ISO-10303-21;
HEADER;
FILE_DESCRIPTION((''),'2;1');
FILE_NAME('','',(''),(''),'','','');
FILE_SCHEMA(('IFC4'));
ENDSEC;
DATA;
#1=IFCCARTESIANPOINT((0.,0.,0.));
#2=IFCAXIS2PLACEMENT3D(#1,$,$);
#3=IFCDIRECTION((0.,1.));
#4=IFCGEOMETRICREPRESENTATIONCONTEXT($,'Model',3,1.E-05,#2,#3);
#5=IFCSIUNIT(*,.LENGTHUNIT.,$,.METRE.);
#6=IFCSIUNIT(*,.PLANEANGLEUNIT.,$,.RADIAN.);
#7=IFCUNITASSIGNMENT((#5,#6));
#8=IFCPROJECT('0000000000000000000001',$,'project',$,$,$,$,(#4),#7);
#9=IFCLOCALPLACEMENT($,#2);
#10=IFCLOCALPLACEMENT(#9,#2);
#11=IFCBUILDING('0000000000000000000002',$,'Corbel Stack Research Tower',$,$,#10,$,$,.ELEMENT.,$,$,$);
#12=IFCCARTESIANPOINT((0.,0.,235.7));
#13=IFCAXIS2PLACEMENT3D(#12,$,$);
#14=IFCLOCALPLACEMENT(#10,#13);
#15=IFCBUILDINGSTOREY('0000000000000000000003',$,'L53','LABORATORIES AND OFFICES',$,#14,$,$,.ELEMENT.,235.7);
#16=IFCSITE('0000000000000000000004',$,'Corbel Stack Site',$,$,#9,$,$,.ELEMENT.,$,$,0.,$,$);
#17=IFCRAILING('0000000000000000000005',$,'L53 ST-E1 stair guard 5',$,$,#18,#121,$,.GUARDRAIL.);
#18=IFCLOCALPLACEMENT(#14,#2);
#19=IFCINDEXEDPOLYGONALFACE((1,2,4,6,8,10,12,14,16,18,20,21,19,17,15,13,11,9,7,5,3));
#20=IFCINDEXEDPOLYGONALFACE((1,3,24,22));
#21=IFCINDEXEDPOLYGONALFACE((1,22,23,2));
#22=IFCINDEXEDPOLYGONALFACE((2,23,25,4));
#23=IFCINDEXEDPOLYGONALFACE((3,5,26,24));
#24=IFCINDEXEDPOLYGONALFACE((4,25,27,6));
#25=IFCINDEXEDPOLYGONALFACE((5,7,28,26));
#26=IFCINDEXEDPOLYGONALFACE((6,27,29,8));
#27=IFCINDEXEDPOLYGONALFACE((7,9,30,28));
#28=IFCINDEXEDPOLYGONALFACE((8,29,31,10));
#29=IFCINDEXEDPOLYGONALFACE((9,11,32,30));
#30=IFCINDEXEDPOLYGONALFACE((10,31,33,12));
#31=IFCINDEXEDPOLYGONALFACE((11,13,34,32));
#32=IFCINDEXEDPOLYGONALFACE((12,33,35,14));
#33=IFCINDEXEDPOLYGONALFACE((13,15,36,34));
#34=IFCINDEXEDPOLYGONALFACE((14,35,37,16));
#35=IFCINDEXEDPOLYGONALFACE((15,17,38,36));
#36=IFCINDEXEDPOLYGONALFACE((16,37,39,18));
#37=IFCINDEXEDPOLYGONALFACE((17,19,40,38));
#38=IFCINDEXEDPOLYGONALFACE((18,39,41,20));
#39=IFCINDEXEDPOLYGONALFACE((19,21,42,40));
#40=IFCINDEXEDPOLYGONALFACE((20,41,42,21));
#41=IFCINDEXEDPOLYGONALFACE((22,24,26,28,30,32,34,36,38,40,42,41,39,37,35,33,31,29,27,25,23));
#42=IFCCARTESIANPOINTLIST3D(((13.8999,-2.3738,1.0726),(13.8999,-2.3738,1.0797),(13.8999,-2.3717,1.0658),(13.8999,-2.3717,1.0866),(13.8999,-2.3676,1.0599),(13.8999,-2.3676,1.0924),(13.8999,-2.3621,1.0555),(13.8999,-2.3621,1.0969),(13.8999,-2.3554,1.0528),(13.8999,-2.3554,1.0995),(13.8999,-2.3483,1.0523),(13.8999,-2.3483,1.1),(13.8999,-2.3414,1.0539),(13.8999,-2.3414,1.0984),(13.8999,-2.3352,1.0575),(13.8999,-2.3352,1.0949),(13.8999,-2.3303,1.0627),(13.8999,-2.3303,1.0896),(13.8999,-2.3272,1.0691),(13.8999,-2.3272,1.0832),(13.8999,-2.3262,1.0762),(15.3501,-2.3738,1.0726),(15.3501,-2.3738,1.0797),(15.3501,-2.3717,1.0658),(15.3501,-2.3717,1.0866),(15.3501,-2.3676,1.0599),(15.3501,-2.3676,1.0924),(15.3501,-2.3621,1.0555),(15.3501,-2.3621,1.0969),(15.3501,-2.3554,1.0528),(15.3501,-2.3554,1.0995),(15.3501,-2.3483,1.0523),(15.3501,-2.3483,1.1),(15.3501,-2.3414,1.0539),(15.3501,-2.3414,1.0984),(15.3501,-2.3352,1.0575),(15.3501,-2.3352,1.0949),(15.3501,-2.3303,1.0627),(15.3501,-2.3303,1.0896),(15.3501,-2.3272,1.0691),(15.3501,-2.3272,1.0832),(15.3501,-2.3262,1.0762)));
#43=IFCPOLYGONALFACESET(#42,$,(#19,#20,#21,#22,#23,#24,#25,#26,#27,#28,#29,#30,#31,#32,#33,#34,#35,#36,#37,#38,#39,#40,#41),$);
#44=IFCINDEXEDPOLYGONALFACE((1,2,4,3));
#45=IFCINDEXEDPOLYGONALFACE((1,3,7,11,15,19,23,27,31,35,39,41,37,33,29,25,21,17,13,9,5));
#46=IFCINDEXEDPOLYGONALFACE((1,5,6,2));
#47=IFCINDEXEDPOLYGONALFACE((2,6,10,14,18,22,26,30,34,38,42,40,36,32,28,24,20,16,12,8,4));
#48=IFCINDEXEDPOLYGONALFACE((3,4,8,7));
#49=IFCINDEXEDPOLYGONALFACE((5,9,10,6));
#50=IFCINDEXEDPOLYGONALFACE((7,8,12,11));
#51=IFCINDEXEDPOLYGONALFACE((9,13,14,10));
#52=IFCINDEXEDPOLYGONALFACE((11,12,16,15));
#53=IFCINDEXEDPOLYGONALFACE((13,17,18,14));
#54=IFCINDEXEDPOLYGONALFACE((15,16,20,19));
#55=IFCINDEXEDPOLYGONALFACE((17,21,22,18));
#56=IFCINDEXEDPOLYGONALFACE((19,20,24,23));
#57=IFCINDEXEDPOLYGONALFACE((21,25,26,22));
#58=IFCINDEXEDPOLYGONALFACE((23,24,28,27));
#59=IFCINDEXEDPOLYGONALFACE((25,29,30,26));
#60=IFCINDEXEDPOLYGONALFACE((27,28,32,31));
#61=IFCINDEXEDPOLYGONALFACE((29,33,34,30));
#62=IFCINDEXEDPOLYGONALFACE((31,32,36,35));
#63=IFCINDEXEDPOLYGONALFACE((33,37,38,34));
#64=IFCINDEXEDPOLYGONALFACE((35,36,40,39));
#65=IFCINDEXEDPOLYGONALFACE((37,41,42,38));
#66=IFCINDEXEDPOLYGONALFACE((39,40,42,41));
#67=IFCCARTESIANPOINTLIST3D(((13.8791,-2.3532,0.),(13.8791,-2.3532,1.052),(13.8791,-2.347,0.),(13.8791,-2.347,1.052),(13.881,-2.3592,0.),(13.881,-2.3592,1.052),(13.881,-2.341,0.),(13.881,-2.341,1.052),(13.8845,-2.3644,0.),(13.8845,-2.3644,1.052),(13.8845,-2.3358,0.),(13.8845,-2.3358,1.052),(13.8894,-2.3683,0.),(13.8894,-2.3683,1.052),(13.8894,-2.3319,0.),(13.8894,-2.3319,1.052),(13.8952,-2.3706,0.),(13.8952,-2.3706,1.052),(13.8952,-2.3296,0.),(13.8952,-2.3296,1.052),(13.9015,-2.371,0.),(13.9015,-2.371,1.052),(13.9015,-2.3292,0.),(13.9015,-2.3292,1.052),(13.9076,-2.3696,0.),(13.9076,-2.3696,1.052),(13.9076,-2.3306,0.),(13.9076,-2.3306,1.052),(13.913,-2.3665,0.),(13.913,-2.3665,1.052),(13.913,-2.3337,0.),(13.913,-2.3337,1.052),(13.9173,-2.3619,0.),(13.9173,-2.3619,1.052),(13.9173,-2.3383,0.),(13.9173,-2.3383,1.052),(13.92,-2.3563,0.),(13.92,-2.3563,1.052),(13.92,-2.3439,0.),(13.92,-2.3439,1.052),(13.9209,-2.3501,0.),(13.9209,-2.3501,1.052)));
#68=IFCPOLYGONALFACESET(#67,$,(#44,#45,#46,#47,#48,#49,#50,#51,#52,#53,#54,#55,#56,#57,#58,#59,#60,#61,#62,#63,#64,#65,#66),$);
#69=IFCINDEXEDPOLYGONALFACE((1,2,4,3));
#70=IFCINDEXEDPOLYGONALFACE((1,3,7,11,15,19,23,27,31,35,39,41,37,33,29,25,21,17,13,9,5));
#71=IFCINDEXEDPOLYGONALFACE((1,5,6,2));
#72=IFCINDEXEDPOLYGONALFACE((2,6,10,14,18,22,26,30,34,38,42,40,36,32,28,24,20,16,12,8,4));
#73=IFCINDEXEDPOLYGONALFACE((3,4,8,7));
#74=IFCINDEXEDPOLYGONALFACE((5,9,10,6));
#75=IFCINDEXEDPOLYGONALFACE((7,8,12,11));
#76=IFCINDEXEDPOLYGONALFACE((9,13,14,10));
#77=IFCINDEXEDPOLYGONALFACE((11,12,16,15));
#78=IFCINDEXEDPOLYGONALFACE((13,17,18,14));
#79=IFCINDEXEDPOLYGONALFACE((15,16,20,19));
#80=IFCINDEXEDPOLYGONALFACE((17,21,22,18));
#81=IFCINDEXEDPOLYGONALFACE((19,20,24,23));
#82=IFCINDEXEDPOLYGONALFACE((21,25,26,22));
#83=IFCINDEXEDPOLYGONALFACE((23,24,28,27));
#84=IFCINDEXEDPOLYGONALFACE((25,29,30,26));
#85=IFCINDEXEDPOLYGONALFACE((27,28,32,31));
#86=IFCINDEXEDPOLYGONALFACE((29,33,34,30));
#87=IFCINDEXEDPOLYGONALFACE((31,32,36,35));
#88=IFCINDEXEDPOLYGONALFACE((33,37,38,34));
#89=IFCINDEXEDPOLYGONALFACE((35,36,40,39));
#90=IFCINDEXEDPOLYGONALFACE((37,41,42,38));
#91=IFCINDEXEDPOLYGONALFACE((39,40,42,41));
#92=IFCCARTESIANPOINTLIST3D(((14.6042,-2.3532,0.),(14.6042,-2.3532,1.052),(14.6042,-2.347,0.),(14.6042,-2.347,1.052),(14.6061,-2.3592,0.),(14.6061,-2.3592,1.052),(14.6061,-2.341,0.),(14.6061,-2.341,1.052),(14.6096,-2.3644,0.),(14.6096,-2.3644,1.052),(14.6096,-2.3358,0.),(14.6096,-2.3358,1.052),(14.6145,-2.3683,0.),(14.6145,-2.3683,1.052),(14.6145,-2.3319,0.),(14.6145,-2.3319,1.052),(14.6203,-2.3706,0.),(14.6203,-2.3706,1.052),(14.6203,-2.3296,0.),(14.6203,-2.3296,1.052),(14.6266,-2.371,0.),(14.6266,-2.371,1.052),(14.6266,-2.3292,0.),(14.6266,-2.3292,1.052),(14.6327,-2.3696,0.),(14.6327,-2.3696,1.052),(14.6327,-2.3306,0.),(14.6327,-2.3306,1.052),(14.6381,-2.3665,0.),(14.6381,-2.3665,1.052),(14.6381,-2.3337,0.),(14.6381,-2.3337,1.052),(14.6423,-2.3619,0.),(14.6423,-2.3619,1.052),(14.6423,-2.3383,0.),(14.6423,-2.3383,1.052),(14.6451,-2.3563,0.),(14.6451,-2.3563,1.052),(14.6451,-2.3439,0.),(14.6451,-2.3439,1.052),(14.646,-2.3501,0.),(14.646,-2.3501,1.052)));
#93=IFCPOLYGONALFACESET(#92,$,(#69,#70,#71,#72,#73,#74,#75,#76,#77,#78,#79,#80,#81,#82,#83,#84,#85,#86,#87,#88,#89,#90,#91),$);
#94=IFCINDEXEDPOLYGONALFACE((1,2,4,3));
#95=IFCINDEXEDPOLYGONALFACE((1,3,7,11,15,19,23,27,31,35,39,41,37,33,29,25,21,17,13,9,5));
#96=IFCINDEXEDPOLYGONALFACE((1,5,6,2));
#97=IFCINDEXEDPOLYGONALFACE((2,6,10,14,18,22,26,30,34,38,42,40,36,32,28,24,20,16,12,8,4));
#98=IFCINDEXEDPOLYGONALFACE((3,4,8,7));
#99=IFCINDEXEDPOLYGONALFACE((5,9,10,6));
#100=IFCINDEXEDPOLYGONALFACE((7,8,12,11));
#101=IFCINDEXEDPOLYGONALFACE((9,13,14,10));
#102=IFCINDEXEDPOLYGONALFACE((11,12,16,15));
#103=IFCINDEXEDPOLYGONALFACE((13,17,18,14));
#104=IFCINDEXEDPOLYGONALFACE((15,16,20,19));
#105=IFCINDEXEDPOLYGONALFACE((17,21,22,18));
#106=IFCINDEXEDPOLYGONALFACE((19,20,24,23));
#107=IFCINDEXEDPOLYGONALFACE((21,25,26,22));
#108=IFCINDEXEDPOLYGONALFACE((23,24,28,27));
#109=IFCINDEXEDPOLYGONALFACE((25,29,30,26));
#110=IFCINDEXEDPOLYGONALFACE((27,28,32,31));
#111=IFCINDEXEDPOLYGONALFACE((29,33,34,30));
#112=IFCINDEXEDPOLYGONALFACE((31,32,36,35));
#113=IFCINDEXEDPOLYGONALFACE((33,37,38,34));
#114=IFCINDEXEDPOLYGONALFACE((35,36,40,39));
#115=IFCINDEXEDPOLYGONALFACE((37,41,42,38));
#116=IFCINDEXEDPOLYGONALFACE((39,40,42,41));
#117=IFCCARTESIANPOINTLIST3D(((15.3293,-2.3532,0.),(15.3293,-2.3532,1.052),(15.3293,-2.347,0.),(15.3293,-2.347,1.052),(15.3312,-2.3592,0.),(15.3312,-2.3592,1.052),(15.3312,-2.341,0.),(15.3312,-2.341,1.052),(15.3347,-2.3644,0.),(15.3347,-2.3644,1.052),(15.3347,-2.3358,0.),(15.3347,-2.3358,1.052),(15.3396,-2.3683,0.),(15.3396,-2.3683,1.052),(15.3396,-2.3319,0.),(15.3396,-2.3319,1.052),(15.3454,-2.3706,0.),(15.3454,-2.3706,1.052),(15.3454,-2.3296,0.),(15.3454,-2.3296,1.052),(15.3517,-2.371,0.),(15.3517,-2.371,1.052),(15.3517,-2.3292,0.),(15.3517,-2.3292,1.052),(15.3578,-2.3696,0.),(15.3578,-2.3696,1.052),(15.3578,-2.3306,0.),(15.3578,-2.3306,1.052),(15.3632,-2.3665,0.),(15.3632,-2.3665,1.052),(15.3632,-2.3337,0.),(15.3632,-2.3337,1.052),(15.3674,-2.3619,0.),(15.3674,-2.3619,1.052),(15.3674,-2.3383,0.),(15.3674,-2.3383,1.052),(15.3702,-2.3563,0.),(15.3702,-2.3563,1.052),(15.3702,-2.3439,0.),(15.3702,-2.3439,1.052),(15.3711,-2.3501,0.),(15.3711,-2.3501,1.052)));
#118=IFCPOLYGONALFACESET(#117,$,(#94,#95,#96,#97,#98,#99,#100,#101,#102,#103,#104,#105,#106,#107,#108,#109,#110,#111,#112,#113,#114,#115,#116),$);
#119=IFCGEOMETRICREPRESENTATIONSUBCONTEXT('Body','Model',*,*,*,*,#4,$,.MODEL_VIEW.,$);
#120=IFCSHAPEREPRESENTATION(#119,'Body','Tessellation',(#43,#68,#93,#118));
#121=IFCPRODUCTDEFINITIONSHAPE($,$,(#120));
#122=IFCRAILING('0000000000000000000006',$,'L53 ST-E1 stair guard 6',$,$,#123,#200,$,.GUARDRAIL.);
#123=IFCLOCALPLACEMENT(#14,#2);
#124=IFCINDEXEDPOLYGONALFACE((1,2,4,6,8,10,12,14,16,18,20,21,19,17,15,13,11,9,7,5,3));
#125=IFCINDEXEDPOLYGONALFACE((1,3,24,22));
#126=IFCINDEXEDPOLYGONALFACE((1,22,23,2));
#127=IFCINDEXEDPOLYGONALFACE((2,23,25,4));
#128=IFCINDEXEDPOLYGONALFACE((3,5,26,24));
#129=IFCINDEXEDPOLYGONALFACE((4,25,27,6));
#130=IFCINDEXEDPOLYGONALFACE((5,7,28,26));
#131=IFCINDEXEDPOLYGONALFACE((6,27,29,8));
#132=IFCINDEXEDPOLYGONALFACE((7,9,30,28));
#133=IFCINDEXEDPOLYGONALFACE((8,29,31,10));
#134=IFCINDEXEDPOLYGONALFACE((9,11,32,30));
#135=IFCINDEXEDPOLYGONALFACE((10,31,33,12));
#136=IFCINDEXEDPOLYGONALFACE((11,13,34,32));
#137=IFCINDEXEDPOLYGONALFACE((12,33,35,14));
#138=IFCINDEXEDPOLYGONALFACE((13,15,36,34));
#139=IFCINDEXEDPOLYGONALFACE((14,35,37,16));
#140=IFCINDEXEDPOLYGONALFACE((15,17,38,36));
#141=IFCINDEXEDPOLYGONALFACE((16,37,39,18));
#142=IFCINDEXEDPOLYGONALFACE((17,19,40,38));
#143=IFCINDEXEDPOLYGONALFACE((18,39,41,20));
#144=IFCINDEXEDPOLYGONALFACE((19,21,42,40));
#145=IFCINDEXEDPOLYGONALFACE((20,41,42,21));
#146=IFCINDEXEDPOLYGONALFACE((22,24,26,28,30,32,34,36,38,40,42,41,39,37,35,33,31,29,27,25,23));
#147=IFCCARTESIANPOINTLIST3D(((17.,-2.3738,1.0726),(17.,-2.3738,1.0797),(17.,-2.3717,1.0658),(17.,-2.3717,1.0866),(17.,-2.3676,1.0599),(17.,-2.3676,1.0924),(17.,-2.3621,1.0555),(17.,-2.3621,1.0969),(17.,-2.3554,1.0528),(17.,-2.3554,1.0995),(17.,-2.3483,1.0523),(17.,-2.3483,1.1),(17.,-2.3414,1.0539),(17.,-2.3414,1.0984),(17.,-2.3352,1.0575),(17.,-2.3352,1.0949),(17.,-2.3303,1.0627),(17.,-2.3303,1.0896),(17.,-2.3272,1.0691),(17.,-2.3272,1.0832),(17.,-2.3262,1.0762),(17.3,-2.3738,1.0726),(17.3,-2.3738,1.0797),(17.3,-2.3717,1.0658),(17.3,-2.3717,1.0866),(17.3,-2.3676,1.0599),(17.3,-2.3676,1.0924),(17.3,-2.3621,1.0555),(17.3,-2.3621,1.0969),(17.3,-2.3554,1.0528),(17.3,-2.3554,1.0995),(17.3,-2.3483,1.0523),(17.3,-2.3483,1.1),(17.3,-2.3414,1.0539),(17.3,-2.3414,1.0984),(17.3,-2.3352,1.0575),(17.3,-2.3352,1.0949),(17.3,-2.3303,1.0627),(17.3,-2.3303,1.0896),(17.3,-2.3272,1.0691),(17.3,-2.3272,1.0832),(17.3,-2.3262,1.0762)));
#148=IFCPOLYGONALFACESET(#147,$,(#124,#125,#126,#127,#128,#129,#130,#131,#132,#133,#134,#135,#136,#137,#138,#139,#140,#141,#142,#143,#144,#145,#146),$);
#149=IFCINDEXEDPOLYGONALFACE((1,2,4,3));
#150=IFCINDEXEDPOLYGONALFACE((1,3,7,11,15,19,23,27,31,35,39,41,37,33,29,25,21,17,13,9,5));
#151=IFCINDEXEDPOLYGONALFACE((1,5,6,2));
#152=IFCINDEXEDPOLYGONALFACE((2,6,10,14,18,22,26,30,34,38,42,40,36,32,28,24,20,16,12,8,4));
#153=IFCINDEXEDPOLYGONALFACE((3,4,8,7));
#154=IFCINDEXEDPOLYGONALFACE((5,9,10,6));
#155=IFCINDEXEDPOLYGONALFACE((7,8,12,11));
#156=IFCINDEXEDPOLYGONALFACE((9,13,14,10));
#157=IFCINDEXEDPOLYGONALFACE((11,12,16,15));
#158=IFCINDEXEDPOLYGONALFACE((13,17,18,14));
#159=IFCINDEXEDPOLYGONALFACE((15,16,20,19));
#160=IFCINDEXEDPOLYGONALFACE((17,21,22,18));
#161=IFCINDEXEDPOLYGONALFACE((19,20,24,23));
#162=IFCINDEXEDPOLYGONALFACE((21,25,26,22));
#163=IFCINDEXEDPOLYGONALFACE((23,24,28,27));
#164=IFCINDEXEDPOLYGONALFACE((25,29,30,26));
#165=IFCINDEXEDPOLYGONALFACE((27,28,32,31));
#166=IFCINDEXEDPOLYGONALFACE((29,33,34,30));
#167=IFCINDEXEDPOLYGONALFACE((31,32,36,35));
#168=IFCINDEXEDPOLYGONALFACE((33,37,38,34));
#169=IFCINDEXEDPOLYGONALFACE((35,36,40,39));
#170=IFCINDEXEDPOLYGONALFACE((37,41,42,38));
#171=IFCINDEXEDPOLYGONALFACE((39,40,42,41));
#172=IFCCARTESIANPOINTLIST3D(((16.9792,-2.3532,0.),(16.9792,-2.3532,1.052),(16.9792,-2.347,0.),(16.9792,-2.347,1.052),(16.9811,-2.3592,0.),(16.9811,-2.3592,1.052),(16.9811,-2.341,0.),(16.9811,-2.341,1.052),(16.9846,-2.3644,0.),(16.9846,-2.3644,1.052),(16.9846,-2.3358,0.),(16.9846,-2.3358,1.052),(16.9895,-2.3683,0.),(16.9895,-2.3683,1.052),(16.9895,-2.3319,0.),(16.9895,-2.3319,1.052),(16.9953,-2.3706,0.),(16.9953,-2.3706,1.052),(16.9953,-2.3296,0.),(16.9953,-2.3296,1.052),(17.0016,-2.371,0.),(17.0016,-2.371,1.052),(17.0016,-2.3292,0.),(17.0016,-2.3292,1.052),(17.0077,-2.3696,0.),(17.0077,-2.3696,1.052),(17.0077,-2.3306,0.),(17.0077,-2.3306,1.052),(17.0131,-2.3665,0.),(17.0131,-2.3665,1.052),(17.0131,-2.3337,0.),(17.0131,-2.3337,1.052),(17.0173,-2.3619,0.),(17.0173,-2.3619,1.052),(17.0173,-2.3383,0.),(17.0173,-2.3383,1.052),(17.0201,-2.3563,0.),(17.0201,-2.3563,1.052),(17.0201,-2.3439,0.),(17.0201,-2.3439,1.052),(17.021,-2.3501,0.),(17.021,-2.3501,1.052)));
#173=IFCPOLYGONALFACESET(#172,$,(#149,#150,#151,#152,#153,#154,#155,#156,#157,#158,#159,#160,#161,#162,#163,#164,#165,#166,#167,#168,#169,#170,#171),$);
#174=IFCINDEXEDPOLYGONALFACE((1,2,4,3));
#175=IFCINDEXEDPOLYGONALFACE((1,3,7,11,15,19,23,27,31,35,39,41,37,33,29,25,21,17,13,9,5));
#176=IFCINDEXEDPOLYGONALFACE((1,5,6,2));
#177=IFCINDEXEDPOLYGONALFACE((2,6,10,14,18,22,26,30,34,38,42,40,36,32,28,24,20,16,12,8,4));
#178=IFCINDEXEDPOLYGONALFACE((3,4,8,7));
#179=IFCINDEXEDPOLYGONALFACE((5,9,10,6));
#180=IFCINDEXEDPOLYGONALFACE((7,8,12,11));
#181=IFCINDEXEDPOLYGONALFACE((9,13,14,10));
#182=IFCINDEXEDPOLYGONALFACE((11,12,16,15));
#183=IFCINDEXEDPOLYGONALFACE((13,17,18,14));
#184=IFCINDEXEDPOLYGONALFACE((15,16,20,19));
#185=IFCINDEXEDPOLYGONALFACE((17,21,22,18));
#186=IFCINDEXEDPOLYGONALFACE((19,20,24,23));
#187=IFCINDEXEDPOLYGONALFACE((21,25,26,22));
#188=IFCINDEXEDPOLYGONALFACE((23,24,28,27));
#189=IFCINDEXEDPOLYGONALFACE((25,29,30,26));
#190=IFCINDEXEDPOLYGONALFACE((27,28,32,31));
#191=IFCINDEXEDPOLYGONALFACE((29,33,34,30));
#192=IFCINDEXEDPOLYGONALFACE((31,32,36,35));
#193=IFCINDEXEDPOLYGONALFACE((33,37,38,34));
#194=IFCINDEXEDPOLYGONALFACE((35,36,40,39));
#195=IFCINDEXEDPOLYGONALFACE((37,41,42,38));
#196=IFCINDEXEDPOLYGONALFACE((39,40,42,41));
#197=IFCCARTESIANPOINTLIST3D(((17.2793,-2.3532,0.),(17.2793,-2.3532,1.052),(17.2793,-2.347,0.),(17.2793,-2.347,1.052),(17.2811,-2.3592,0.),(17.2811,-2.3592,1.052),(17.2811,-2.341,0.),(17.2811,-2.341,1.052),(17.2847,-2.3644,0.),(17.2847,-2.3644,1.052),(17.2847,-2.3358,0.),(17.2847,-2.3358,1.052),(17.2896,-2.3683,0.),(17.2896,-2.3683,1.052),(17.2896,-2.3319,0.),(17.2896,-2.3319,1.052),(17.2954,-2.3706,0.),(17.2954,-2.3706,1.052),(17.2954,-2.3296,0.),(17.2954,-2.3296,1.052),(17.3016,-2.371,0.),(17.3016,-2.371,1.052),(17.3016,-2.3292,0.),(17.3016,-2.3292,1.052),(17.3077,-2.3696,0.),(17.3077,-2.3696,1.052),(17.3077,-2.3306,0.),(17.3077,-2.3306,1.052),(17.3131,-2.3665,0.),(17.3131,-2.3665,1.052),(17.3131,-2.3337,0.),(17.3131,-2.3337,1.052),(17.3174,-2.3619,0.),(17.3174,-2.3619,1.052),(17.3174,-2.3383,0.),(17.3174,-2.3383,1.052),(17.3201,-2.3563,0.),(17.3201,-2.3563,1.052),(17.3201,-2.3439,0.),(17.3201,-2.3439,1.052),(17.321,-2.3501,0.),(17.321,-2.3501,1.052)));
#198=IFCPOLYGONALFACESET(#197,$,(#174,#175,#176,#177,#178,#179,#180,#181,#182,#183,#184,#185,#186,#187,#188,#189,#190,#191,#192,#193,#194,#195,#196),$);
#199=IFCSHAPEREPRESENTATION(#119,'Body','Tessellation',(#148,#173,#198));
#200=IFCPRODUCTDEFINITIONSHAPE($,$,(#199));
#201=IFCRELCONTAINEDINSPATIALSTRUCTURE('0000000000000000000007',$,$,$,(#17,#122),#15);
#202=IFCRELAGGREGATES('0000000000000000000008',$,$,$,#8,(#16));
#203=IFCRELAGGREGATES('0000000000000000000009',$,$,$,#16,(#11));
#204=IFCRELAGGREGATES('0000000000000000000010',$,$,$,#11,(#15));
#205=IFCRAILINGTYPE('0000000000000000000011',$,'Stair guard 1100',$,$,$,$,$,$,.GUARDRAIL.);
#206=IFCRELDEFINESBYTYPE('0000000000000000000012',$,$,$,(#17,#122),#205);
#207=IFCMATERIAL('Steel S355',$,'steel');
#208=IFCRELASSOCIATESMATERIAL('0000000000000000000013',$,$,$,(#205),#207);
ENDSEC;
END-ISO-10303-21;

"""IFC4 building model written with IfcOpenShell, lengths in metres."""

from ifc_helpers import new_model, si_unit, direction, frame, origin, origin_2d, place, context, subcontext, project, spatial, circle, extrude, material, type_object, element, save


model = new_model("IFC4")

# Units and contexts
model_context = context("Model", 3, precision=1e-05, world=origin(), true_north=direction((0.0, 1.0)))
body_context = subcontext(model_context, "Body", "Model", "MODEL_VIEW")
ifc_project = project(units=[si_unit("LENGTHUNIT", "METRE"), si_unit("PLANEANGLEUNIT", "RADIAN")], contexts=[model_context])

# Site, building, storey
site_placement = place(None, origin())
site = spatial("IfcSite", under=ifc_project, at=site_placement, Name="Corbel Stack Site", CompositionType="ELEMENT", RefElevation=0.0)
building_placement = place(site_placement, origin())
building = spatial("IfcBuilding", under=site, at=building_placement, Name="Corbel Stack Research Tower", CompositionType="ELEMENT")
storey_placement = place(building_placement, frame((0.0, 0.0, 235.7)))
storey = spatial("IfcBuildingStorey", under=building, at=storey_placement, Name="L53", Description="LABORATORIES AND OFFICES", CompositionType="ELEMENT", Elevation=235.7)

# Railings
ifc_material_1 = material(Name="Steel S355", Category="steel")
railing_type_1 = type_object("IfcRailingType", Name="Stair guard 1100", PredefinedType="GUARDRAIL", material=ifc_material_1)
railing_1_placement = place(storey_placement, frame((13.8999, -2.3501, 0.0)))
element("IfcRailing", 1, at=railing_1_placement, inside=storey, type_object=railing_type_1, Name="L53 ST-E1 stair guard 5", PredefinedType="GUARDRAIL", context=body_context, shape_type="SweptSolid", body=[
    extrude(circle(Radius=0.0239, at=origin_2d()), frame((0.0, 0.0, 1.0762), z_axis=(1.0, 0.0, 0.0), x_axis=(0.0, 1.0, 0.0)), (0.0, 0.0, 1.0), 1.4502),
    extrude(circle(Radius=0.021, at=origin_2d()), origin(), (0.0, 0.0, 1.0), 1.052),
    extrude(circle(Radius=0.021, at=origin_2d()), frame((0.7251, 0.0, 0.0)), (0.0, 0.0, 1.0), 1.052),
    extrude(circle(Radius=0.021, at=origin_2d()), frame((1.4502, 0.0, 0.0)), (0.0, 0.0, 1.0), 1.052),
])
railing_2_placement = place(storey_placement, frame((17.0, -2.3501, 0.0)))
element("IfcRailing", 2, at=railing_2_placement, inside=storey, type_object=railing_type_1, Name="L53 ST-E1 stair guard 6", PredefinedType="GUARDRAIL", context=body_context, shape_type="SweptSolid", body=[
    extrude(circle(Radius=0.0239, at=origin_2d()), frame((0.0, 0.0, 1.0762), z_axis=(1.0, 0.0, 0.0), x_axis=(0.0, 1.0, 0.0)), (0.0, 0.0, 1.0), 0.3),
    extrude(circle(Radius=0.021, at=origin_2d()), origin(), (0.0, 0.0, 1.0), 1.052),
    extrude(circle(Radius=0.021, at=origin_2d()), frame((0.3, 0.0, 0.0)), (0.0, 0.0, 1.0), 1.052),
])

save(model, "model.ifc")
